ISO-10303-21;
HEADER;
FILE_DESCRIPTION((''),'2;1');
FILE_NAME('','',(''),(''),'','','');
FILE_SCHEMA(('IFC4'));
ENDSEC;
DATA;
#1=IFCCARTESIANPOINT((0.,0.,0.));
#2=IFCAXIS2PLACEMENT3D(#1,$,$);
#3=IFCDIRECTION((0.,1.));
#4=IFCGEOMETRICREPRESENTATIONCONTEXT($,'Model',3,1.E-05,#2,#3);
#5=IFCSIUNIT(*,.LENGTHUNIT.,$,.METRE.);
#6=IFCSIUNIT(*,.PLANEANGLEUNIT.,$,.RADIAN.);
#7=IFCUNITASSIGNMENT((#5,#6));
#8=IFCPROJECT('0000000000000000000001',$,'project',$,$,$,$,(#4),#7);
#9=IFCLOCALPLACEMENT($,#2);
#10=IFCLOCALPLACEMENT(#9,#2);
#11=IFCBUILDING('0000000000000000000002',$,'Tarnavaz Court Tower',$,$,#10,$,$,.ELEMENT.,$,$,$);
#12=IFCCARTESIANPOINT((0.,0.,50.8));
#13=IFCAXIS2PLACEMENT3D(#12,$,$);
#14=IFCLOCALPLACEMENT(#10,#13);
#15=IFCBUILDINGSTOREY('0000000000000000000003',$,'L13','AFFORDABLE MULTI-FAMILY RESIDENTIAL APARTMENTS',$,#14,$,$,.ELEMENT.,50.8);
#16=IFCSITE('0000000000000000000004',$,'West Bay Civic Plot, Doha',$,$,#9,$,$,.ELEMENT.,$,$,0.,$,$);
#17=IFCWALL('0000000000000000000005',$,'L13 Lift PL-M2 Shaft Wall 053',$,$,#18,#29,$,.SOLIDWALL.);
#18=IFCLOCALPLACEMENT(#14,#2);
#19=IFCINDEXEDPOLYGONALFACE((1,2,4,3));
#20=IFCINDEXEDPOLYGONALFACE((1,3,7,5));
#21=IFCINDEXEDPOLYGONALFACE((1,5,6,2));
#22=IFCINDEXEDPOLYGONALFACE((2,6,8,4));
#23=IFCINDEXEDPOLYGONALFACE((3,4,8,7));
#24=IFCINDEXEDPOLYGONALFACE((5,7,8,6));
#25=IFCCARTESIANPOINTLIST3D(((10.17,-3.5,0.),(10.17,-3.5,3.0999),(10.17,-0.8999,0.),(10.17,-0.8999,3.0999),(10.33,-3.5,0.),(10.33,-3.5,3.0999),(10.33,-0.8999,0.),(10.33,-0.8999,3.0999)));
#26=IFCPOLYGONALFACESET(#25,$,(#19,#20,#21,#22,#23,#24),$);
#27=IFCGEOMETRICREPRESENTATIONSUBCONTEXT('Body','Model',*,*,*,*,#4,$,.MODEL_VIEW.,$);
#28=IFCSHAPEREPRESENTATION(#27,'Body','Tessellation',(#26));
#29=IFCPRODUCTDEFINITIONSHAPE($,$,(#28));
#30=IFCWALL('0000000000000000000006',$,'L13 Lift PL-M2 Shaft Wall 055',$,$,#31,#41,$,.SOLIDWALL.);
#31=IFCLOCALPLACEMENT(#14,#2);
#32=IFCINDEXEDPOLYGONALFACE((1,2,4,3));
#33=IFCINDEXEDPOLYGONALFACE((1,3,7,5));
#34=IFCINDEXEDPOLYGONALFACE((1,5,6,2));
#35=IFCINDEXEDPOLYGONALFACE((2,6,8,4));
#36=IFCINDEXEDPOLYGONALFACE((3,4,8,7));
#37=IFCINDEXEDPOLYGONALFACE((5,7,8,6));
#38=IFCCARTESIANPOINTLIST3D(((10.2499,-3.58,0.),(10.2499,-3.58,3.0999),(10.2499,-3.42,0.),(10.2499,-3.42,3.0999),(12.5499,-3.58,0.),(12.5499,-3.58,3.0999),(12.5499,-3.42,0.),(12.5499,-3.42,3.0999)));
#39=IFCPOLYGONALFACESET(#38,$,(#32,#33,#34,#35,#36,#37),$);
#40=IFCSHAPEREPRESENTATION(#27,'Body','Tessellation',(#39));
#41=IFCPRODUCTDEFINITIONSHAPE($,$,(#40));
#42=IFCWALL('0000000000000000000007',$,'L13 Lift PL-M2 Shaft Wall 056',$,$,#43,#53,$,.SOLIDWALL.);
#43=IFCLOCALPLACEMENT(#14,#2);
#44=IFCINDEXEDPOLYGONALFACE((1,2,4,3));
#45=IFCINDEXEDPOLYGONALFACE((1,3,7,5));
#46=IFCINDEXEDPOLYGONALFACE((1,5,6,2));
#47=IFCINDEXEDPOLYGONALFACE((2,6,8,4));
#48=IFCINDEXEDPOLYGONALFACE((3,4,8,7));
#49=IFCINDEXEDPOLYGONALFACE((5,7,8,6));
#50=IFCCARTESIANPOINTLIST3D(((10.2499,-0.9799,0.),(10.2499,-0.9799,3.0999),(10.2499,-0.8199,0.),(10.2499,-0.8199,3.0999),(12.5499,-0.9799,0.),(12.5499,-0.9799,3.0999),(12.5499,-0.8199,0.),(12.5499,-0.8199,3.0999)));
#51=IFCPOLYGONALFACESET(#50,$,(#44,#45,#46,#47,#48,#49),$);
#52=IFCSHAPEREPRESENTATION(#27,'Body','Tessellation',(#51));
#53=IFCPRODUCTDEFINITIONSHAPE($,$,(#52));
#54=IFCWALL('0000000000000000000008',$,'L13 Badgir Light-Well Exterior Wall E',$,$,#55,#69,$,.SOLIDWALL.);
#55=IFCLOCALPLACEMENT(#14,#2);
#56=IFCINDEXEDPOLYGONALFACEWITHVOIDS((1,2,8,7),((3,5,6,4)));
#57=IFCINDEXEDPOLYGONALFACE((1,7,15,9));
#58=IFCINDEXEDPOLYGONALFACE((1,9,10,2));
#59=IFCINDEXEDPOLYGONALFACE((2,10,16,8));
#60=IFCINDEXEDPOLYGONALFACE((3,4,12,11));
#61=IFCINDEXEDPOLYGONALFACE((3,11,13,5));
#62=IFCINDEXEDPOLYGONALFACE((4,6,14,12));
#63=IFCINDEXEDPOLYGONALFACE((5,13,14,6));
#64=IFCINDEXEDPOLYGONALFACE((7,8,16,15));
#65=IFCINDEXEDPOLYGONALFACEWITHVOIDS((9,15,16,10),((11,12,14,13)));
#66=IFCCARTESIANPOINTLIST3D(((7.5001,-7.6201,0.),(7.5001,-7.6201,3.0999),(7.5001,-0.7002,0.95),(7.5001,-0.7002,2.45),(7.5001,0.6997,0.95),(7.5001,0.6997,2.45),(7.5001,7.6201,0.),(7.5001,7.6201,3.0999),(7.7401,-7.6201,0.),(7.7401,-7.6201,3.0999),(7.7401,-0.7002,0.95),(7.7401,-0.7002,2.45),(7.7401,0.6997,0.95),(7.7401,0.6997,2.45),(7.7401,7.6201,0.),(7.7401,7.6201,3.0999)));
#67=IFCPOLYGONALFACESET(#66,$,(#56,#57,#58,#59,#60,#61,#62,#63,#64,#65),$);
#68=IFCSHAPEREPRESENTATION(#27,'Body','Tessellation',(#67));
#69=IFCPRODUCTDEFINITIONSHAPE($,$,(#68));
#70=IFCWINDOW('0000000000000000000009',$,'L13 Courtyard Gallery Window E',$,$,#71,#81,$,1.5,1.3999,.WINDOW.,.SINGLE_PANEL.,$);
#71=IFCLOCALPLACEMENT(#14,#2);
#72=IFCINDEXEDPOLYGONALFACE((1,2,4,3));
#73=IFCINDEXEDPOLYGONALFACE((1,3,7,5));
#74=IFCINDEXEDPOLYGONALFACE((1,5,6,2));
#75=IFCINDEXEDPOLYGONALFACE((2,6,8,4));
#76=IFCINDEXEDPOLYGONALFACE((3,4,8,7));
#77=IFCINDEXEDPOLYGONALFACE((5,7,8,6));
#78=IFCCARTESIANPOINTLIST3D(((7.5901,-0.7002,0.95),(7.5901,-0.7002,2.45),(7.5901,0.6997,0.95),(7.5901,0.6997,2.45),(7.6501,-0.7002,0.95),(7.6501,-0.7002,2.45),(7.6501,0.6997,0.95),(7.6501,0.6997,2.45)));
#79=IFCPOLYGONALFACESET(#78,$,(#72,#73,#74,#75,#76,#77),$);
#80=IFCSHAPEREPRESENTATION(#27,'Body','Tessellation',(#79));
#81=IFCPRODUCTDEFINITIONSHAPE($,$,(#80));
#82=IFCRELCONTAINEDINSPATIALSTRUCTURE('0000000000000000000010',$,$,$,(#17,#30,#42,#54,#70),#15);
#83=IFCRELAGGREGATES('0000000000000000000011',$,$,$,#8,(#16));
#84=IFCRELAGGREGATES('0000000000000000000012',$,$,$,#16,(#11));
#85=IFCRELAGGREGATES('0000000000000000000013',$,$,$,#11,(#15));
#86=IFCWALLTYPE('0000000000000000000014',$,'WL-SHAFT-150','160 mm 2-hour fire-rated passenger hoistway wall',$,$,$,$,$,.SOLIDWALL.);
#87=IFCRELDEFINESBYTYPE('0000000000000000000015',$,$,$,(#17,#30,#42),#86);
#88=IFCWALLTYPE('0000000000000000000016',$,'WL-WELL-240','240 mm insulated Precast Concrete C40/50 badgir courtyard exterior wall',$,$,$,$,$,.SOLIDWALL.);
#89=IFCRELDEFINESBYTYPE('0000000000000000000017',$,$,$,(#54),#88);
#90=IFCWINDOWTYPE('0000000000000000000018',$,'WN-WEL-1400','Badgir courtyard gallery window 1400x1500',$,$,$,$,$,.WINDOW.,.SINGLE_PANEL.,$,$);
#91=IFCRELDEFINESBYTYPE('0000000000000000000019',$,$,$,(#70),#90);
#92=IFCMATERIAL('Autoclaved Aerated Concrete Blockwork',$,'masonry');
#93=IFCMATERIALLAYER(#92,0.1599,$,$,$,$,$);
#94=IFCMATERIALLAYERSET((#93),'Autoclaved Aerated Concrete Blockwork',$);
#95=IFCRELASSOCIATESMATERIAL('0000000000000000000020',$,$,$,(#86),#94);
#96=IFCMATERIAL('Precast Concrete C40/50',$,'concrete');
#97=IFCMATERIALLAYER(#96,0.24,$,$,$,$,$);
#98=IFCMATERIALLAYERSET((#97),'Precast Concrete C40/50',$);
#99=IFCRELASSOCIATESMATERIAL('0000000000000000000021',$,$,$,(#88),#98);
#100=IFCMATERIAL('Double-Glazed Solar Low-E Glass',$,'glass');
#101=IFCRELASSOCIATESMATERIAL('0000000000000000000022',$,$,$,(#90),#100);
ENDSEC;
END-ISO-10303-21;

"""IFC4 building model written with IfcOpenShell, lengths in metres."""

from ifc_helpers import new_model, si_unit, direction, frame, frame_2d, origin, place, context, subcontext, project, spatial, rectangle, extrude, material, layer, layer_set, type_object, element, fill, save


model = new_model("IFC4")

# Units and contexts
model_context = context("Model", 3, precision=1e-05, world=origin(), true_north=direction((0.0, 1.0)))
body_context = subcontext(model_context, "Body", "Model", "MODEL_VIEW")
ifc_project = project(units=[si_unit("LENGTHUNIT", "METRE"), si_unit("PLANEANGLEUNIT", "RADIAN")], contexts=[model_context])

# Site, building, storey
site_placement = place(None, origin())
site = spatial("IfcSite", under=ifc_project, at=site_placement, Name="West Bay Civic Plot, Doha", CompositionType="ELEMENT", RefElevation=0.0)
building_placement = place(site_placement, origin())
building = spatial("IfcBuilding", under=site, at=building_placement, Name="Tarnavaz Court Tower", CompositionType="ELEMENT")
storey_placement = place(building_placement, frame((0.0, 0.0, 50.8)))
storey = spatial("IfcBuildingStorey", under=building, at=storey_placement, Name="L13", Description="AFFORDABLE MULTI-FAMILY RESIDENTIAL APARTMENTS", CompositionType="ELEMENT", Elevation=50.8)

# Walls
ifc_material_1 = material(Name="Autoclaved Aerated Concrete Blockwork", Category="masonry")
ifc_layer_1 = layer(ifc_material_1, 0.1599)
ifc_layer_set_1 = layer_set([ifc_layer_1], Name="Autoclaved Aerated Concrete Blockwork")
wall_type_1 = type_object("IfcWallType", Name="WL-SHAFT-150", Description="160 mm 2-hour fire-rated passenger hoistway wall", PredefinedType="SOLIDWALL", material=ifc_layer_set_1)
wall_1_placement = place(storey_placement, frame((10.25, -3.5, 0.0), z_axis=(0.0, 0.0, 1.0), x_axis=(0.0, 1.0, 0.0)))
element("IfcWall", 1, at=wall_1_placement, inside=storey, type_object=wall_type_1, Name="L13 Lift PL-M2 Shaft Wall 053", PredefinedType="SOLIDWALL", context=body_context, shape_type="SweptSolid", body=[
    extrude(rectangle(XDim=2.6001, YDim=0.1599, at=frame_2d((1.3, 0.0))), origin(), (0.0, 0.0, 1.0), 3.0999),
])
for number, where, z_axis, x_axis, name in (
    (2, (10.25, -3.5, 0.0), (0.0, 0.0, 1.0), (1.0, 0.0, 0.0), "L13 Lift PL-M2 Shaft Wall 055"),
    (3, (10.25, -0.8999, 0.0), (0.0, 0.0, 1.0), (1.0, 0.0, 0.0), "L13 Lift PL-M2 Shaft Wall 056"),
):
    element("IfcWall", number, at=place(storey_placement, frame(where, z_axis=z_axis, x_axis=x_axis)), inside=storey, type_object=wall_type_1, Name=name, PredefinedType="SOLIDWALL", context=body_context, shape_type="SweptSolid", body=[
        extrude(rectangle(XDim=2.3, YDim=0.1599, at=frame_2d((1.1499, 0.0))), origin(), (0.0, 0.0, 1.0), 3.0999),
    ])

# Wall, opening, window
ifc_material_2 = material(Name="Precast Concrete C40/50", Category="concrete")
ifc_layer_2 = layer(ifc_material_2, 0.24)
ifc_layer_set_2 = layer_set([ifc_layer_2], Name="Precast Concrete C40/50")
wall_type_2 = type_object("IfcWallType", Name="WL-WELL-240", Description="240 mm insulated Precast Concrete C40/50 badgir courtyard exterior wall", PredefinedType="SOLIDWALL", material=ifc_layer_set_2)
wall_2_placement = place(storey_placement, frame((7.6201, -7.6201, 0.0), z_axis=(0.0, 0.0, 1.0), x_axis=(0.0, 1.0, 0.0)))
wall_2 = element("IfcWall", 4, at=wall_2_placement, inside=storey, type_object=wall_type_2, Name="L13 Badgir Light-Well Exterior Wall E", PredefinedType="SOLIDWALL", context=body_context, shape_type="SweptSolid", body=[
    extrude(rectangle(XDim=15.2402, YDim=0.24, at=frame_2d((7.6201, 0.0))), origin(), (0.0, 0.0, 1.0), 3.0999),
])
opening_1_placement = place(wall_2_placement, frame((6.9199, 0.0, 0.95)))
opening_1 = element("IfcOpeningElement", 5, at=opening_1_placement, cuts=wall_2, PredefinedType="OPENING", context=body_context, shape_type="SweptSolid", body=[
    extrude(rectangle(XDim=1.3999, YDim=1.5, at=frame_2d((0.7, 0.75))), frame((0.0, 0.1299, 0.0), z_axis=(0.0, -1.0, 0.0), x_axis=(1.0, 0.0, 0.0)), (0.0, 0.0, 1.0), 0.26),
])
ifc_material_3 = material(Name="Double-Glazed Solar Low-E Glass", Category="glass")
window_type = type_object("IfcWindowType", Name="WN-WEL-1400", Description="Badgir courtyard gallery window 1400x1500", PartitioningType="SINGLE_PANEL", PredefinedType="WINDOW", material=ifc_material_3)
window_placement = place(opening_1_placement, origin())
window = element("IfcWindow", 6, at=window_placement, inside=storey, type_object=window_type, Name="L13 Courtyard Gallery Window E", OverallHeight=1.5, OverallWidth=1.3999, PartitioningType="SINGLE_PANEL", PredefinedType="WINDOW", context=body_context, shape_type="SweptSolid", body=[
    extrude(rectangle(XDim=1.3999, YDim=1.5, at=frame_2d((0.7, 0.75))), frame((0.0, 0.03, 0.0), z_axis=(0.0, -1.0, 0.0), x_axis=(1.0, 0.0, 0.0)), (0.0, 0.0, 1.0), 0.0601),
])
fill(opening_1, window)

save(model, "model.ifc")
